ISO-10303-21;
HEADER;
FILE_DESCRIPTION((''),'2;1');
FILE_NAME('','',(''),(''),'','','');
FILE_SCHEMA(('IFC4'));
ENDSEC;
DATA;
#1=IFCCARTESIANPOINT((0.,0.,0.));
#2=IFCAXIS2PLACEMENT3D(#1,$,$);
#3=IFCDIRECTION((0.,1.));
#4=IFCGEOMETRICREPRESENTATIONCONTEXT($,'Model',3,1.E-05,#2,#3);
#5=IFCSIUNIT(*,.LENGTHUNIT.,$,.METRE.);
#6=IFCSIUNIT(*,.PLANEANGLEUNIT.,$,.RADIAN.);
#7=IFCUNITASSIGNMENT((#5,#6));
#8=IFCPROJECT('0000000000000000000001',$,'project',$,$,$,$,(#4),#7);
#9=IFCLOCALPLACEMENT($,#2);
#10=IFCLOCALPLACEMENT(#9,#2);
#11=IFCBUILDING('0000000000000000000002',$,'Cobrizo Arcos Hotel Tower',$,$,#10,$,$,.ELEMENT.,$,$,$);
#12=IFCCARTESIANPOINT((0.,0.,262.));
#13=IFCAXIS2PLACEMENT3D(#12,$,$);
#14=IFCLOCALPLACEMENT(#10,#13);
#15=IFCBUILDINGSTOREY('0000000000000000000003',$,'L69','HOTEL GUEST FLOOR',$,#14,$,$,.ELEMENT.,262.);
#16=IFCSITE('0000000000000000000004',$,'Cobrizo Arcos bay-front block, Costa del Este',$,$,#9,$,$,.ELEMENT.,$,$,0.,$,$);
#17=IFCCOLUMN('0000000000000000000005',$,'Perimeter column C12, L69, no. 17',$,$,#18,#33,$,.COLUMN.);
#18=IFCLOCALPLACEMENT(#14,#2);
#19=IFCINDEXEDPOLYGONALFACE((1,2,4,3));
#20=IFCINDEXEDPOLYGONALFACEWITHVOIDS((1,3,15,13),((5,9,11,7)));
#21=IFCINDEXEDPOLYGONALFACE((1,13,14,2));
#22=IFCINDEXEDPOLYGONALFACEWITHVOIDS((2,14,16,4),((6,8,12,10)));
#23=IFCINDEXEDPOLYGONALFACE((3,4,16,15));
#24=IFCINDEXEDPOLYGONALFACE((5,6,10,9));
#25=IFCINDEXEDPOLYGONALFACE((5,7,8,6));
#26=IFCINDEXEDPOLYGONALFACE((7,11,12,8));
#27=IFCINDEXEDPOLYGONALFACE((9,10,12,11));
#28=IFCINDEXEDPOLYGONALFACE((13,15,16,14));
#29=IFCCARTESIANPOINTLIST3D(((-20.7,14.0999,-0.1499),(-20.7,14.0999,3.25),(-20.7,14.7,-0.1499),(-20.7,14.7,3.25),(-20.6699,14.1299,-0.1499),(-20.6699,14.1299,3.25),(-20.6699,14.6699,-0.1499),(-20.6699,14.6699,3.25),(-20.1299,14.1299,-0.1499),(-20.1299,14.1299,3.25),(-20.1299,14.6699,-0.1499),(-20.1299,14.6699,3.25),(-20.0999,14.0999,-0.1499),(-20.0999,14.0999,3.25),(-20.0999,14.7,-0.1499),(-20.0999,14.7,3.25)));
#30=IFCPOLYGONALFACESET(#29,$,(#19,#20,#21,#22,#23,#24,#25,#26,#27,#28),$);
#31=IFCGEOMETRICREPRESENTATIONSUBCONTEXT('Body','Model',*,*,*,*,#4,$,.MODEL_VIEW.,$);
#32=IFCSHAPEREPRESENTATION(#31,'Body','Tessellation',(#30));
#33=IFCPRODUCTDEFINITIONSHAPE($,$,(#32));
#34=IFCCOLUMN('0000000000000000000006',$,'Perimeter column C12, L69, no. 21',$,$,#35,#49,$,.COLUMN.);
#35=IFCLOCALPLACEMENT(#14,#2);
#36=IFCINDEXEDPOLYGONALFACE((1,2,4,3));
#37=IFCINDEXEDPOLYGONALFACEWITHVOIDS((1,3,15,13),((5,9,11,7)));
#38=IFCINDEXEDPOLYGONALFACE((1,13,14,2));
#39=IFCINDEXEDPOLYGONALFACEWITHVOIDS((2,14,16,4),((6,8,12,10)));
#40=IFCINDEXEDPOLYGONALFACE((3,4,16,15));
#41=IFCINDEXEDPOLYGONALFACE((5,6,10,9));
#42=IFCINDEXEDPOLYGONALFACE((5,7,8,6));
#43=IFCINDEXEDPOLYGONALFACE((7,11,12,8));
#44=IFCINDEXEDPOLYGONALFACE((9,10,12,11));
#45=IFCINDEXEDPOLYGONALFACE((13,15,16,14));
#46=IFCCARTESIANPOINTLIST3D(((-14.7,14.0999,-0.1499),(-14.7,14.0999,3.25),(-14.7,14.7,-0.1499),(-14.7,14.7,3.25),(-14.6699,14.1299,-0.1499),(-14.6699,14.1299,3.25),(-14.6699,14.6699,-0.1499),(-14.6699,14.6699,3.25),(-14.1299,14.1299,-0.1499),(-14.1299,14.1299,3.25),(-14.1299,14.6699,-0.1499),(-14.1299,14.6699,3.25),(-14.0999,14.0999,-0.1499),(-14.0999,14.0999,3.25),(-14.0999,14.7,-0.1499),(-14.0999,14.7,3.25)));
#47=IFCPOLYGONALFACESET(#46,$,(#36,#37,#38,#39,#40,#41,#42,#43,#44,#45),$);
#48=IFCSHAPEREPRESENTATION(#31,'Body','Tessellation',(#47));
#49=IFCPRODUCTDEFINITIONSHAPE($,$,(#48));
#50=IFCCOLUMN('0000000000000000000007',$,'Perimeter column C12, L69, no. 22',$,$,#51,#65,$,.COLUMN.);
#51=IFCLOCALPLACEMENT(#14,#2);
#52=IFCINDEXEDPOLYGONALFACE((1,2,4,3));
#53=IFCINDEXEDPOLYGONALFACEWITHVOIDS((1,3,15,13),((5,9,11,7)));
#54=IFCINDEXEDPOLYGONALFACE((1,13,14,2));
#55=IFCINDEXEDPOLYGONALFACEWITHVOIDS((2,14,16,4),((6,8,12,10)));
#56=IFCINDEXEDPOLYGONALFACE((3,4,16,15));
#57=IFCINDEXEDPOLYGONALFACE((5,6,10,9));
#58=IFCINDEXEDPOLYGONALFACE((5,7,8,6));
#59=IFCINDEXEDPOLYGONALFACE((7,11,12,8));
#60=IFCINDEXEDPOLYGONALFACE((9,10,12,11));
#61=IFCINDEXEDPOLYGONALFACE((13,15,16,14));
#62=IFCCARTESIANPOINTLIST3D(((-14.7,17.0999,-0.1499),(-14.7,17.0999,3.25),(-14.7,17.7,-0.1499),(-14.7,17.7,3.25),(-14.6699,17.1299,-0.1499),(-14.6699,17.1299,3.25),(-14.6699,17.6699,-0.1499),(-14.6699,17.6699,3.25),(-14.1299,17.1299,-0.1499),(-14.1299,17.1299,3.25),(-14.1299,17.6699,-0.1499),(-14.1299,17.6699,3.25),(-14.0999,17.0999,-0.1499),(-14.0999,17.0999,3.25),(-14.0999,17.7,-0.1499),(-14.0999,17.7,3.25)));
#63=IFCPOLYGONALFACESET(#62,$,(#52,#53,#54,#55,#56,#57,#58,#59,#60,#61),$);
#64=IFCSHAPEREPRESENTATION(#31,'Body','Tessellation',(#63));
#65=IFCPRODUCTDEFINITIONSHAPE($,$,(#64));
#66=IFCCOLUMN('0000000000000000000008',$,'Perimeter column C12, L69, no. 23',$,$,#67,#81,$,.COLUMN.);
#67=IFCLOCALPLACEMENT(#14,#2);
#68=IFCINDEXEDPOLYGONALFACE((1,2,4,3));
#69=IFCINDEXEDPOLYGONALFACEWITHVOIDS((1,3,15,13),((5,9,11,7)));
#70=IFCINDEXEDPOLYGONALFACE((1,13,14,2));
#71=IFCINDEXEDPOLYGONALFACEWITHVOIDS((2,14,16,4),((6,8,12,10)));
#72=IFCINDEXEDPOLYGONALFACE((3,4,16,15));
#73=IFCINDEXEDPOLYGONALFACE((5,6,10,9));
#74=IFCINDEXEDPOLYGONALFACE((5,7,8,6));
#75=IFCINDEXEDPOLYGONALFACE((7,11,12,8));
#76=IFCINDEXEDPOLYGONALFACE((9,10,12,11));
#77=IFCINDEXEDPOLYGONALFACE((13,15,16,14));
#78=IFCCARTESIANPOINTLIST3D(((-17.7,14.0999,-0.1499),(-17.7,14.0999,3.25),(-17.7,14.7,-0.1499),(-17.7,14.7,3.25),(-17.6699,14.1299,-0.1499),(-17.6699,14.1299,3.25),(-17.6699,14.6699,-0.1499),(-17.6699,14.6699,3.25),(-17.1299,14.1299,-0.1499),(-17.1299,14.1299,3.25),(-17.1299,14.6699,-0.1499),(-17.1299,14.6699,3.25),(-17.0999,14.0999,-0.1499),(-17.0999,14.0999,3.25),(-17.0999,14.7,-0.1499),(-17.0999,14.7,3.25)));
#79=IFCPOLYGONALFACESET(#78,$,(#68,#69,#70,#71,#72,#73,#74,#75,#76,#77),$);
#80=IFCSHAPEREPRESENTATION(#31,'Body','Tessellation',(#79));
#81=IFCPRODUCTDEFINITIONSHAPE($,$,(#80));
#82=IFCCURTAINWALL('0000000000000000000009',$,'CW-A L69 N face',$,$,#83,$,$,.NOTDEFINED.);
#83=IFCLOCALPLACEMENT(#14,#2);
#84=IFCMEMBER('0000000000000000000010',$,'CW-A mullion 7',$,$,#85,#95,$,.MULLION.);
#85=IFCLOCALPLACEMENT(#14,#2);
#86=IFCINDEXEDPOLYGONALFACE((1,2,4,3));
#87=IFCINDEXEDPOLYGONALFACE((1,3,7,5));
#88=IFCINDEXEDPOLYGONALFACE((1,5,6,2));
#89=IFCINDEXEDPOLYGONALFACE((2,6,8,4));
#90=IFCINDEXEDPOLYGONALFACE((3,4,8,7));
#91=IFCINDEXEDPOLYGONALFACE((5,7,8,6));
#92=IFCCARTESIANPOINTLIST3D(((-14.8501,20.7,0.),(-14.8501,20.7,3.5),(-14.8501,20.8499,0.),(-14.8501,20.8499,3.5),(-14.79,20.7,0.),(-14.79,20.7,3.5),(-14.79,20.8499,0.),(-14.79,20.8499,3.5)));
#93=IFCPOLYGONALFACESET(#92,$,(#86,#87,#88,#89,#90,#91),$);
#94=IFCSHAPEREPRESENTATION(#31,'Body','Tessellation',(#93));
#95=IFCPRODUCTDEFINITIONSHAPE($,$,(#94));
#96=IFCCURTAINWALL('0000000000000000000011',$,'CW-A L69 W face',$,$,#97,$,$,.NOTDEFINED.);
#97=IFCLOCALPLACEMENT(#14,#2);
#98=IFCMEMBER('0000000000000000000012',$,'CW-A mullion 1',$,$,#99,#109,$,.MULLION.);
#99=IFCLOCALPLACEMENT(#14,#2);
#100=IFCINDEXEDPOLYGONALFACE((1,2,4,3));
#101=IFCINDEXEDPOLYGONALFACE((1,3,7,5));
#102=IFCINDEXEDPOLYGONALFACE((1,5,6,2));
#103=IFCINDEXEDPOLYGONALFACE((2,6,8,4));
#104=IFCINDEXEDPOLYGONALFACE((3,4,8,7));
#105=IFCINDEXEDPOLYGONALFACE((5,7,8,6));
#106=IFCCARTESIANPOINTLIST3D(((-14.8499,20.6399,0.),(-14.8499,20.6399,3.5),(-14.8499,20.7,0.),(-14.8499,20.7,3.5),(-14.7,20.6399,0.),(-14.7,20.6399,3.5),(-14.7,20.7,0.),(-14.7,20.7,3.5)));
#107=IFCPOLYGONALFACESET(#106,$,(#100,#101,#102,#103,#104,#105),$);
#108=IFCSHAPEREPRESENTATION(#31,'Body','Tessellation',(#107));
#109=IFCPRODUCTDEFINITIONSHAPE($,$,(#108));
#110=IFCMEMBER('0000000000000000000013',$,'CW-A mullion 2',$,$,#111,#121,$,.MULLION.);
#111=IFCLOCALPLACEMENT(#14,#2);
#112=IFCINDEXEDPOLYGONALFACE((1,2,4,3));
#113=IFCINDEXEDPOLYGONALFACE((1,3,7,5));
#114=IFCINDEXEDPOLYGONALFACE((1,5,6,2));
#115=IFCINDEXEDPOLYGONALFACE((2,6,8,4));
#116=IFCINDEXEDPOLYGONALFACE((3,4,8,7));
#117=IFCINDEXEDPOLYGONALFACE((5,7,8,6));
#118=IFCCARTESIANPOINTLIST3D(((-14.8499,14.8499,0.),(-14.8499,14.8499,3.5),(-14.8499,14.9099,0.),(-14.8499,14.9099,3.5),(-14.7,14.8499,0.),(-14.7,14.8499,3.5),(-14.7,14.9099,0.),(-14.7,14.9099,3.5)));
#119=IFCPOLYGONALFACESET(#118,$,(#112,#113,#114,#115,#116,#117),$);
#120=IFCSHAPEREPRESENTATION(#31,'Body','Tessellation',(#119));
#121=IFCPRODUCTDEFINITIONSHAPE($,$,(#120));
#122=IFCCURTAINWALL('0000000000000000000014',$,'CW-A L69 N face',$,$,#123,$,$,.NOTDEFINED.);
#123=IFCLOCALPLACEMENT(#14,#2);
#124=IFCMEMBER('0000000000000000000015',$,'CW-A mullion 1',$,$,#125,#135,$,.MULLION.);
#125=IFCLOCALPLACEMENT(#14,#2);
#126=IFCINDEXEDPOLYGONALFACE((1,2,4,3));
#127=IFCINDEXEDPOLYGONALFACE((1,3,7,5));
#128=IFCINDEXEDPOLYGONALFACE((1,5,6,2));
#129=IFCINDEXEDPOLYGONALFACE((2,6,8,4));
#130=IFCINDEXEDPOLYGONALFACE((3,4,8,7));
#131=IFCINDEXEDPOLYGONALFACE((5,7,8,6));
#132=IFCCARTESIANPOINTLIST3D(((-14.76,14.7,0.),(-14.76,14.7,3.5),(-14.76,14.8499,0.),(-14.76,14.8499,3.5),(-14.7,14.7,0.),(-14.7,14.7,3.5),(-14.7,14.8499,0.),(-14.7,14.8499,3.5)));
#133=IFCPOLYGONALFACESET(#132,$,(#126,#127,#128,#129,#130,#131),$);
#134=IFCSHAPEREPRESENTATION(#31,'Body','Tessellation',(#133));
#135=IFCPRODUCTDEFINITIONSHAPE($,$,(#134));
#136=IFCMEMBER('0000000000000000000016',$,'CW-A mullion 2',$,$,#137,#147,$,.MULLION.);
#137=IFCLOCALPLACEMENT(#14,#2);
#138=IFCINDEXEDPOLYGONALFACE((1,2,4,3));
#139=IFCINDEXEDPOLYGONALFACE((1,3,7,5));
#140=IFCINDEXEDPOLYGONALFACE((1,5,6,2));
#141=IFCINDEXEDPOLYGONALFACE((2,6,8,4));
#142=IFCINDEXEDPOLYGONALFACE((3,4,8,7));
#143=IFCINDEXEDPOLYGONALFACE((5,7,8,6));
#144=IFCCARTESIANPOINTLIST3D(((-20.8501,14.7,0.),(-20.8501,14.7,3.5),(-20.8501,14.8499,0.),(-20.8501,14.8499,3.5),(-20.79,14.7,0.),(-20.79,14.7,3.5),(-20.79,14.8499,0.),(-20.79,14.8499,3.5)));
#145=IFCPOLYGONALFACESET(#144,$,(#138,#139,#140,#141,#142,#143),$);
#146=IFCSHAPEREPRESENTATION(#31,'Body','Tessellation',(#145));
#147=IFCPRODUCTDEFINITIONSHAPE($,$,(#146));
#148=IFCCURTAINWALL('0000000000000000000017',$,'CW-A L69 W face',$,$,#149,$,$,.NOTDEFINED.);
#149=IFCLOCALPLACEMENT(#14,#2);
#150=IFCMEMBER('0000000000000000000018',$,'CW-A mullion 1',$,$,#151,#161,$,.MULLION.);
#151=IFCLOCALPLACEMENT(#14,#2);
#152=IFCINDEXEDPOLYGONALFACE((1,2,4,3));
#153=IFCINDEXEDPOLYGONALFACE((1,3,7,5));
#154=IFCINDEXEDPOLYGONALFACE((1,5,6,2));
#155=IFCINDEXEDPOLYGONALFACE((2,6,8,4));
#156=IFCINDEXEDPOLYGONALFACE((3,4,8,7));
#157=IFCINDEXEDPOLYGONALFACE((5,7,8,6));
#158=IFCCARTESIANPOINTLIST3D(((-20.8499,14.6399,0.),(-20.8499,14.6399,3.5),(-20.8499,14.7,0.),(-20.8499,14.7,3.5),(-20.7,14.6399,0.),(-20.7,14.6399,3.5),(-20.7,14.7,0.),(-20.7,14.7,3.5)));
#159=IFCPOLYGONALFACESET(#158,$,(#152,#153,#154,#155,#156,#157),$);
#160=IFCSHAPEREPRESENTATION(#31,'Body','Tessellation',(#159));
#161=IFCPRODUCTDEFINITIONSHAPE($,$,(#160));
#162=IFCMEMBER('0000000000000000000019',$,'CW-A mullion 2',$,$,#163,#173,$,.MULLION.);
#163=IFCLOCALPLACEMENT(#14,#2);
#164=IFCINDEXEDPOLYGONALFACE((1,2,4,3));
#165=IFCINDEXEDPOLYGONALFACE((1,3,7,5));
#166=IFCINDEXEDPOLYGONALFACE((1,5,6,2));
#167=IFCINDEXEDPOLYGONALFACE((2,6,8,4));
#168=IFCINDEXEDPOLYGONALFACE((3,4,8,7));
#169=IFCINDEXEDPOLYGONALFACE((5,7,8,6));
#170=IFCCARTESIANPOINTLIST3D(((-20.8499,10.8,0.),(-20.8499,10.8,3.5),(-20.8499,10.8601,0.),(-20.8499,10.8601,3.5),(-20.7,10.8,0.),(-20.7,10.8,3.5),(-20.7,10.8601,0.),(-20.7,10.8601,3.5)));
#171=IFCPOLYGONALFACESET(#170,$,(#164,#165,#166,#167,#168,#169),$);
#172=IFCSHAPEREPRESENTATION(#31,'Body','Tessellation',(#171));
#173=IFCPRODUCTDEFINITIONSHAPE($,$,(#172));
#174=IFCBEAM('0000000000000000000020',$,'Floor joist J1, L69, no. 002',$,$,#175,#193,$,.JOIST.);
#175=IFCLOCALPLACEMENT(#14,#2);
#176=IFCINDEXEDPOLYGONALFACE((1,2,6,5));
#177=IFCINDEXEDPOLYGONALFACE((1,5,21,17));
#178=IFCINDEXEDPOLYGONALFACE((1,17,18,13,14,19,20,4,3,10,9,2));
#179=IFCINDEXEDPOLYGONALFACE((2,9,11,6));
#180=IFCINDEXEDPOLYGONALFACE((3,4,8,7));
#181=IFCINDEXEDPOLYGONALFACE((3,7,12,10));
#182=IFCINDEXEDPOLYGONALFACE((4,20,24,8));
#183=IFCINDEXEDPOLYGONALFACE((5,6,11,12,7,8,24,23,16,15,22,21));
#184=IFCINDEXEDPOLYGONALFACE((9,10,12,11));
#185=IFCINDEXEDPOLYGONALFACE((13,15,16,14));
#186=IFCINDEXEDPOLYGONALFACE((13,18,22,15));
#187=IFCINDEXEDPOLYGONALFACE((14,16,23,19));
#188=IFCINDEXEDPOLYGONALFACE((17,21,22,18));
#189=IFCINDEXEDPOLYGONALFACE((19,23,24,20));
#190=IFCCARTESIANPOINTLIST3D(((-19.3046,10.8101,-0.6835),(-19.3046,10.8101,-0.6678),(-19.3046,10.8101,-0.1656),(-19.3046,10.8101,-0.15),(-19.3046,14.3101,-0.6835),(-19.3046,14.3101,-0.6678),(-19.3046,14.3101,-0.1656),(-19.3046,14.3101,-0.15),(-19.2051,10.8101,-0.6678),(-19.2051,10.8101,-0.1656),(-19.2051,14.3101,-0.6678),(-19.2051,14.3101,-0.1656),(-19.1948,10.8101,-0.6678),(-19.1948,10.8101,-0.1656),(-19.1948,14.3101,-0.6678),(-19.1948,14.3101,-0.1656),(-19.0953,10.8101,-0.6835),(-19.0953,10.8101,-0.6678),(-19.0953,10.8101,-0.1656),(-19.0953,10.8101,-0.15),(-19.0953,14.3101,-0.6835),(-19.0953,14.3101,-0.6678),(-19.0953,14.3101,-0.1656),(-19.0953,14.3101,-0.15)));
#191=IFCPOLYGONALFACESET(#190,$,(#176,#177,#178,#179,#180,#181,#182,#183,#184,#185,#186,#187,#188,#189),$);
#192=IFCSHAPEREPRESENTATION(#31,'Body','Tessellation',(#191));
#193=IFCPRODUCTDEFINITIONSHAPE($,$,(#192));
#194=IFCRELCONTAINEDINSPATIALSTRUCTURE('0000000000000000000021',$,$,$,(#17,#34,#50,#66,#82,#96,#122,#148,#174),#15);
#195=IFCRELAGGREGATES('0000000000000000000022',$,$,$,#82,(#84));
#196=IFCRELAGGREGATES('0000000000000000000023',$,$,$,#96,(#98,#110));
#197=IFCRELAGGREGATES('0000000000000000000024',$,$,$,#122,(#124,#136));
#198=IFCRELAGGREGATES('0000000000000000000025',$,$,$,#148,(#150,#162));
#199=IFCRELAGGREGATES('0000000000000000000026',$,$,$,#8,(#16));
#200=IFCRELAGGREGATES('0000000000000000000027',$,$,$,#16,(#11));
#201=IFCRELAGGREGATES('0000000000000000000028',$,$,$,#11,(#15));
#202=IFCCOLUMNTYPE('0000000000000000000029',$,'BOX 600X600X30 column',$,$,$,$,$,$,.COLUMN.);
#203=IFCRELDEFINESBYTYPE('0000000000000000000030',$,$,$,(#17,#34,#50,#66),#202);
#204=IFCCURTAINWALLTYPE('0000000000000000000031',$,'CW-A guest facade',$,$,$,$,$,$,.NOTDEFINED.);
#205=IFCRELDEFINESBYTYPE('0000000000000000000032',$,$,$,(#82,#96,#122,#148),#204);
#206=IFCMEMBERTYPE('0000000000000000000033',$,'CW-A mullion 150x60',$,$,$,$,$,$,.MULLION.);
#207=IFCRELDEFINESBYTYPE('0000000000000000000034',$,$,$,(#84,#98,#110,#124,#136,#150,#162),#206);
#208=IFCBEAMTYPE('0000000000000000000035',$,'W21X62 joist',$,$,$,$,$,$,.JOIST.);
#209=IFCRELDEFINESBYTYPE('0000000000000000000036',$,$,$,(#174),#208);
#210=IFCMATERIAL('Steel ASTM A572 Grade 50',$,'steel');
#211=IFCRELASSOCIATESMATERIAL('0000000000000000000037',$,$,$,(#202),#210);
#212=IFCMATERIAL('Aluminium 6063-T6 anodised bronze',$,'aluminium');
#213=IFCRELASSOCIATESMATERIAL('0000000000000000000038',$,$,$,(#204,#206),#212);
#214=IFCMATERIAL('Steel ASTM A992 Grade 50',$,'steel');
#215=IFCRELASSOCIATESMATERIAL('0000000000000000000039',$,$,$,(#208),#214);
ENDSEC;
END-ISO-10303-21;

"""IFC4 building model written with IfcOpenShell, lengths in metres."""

from ifc_helpers import new_model, si_unit, direction, frame, origin, origin_2d, place, context, subcontext, project, spatial, rectangle, hollow_rectangle, i_section, extrude, material, material_profile, profile_set, type_object, element, aggregate, save


model = new_model("IFC4")

# Units and contexts
model_context = context("Model", 3, precision=1e-05, world=origin(), true_north=direction((0.0, 1.0)))
body_context = subcontext(model_context, "Body", "Model", "MODEL_VIEW")
ifc_project = project(units=[si_unit("LENGTHUNIT", "METRE"), si_unit("PLANEANGLEUNIT", "RADIAN")], contexts=[model_context])

# Site, building, storey
site_placement = place(None, origin())
site = spatial("IfcSite", under=ifc_project, at=site_placement, Name="Cobrizo Arcos bay-front block, Costa del Este", CompositionType="ELEMENT", RefElevation=0.0)
building_placement = place(site_placement, origin())
building = spatial("IfcBuilding", under=site, at=building_placement, Name="Cobrizo Arcos Hotel Tower", CompositionType="ELEMENT")
storey_placement = place(building_placement, frame((0.0, 0.0, 262.0)))
storey = spatial("IfcBuildingStorey", under=building, at=storey_placement, Name="L69", Description="HOTEL GUEST FLOOR", CompositionType="ELEMENT", Elevation=262.0)

# Columns
ifc_material_1 = material(Name="Steel ASTM A572 Grade 50", Category="steel")
ifc_material_profile_1 = material_profile(ifc_material_1, hollow_rectangle(XDim=0.6001, YDim=0.6001, WallThickness=0.03, at=origin_2d()), Name="BOX 600X600X30")
ifc_profile_set_1 = profile_set([ifc_material_profile_1], Name="Steel ASTM A572 Grade 50")
column_type = type_object("IfcColumnType", Name="BOX 600X600X30 column", PredefinedType="COLUMN", material=ifc_profile_set_1)
for number, where, z_axis, x_axis, name in (
    (1, (-20.3999, 14.3999, -0.1499), (0.0, 0.0, 1.0), (1.0, 0.0, 0.0), "Perimeter column C12, L69, no. 17"),
    (2, (-14.3999, 14.3999, -0.1499), (0.0, 0.0, 1.0), (1.0, 0.0, 0.0), "Perimeter column C12, L69, no. 21"),
    (3, (-14.3999, 17.3999, -0.1499), (0.0, 0.0, 1.0), (1.0, 0.0, 0.0), "Perimeter column C12, L69, no. 22"),
    (4, (-17.3999, 14.3999, -0.1499), (0.0, 0.0, 1.0), (1.0, 0.0, 0.0), "Perimeter column C12, L69, no. 23"),
):
    element("IfcColumn", number, at=place(storey_placement, frame(where, z_axis=z_axis, x_axis=x_axis)), inside=storey, type_object=column_type, Name=name, PredefinedType="COLUMN", context=body_context, shape_type="SweptSolid", body=[
        extrude(hollow_rectangle(XDim=0.6001, YDim=0.6001, WallThickness=0.03, at=origin_2d()), origin(), (0.0, 0.0, 1.0), 3.3999),
    ])

# Curtain wall, member
ifc_material_2 = material(Name="Aluminium 6063-T6 anodised bronze", Category="aluminium")
curtain_wall_type = type_object("IfcCurtainWallType", Name="CW-A guest facade", PredefinedType="NOTDEFINED", material=ifc_material_2)
curtain_wall_1_placement = place(storey_placement, origin())
curtain_wall_1 = element("IfcCurtainWall", 5, at=curtain_wall_1_placement, inside=storey, type_object=curtain_wall_type, Name="CW-A L69 N face", PredefinedType="NOTDEFINED")
ifc_material_profile_2 = material_profile(ifc_material_2, rectangle(XDim=0.1499, YDim=0.0601, at=origin_2d()), Name="CW-A mullion 150x60")
ifc_profile_set_2 = profile_set([ifc_material_profile_2], Name="Aluminium 6063-T6 anodised bronze")
member_type = type_object("IfcMemberType", Name="CW-A mullion 150x60", PredefinedType="MULLION", material=ifc_profile_set_2)
member_1_placement = place(storey_placement, frame((-14.8201, 20.7749, 0.0), z_axis=(0.0, 0.0, 1.0), x_axis=(0.0, 1.0, 0.0)))
member_1 = element("IfcMember", 6, at=member_1_placement, type_object=member_type, Name="CW-A mullion 7", PredefinedType="MULLION", context=body_context, shape_type="SweptSolid", body=[
    extrude(rectangle(XDim=0.1499, YDim=0.0601, at=origin_2d()), origin(), (0.0, 0.0, 1.0), 3.5),
])
aggregate(curtain_wall_1, [member_1])

# Curtain walls, members
curtain_wall_2_placement = place(storey_placement, origin())
curtain_wall_2 = element("IfcCurtainWall", 7, at=curtain_wall_2_placement, inside=storey, type_object=curtain_wall_type, Name="CW-A L69 W face", PredefinedType="NOTDEFINED")
member_2_placement = place(storey_placement, frame((-14.7749, 20.6699, 0.0), z_axis=(0.0, 0.0, 1.0), x_axis=(-1.0, 0.0, 0.0)))
member_2 = element("IfcMember", 8, at=member_2_placement, type_object=member_type, Name="CW-A mullion 1", PredefinedType="MULLION", context=body_context, shape_type="SweptSolid", body=[
    extrude(rectangle(XDim=0.1499, YDim=0.0601, at=origin_2d()), origin(), (0.0, 0.0, 1.0), 3.5),
])
member_3_placement = place(storey_placement, frame((-14.7749, 14.8799, 0.0), z_axis=(0.0, 0.0, 1.0), x_axis=(-1.0, 0.0, 0.0)))
member_3 = element("IfcMember", 9, at=member_3_placement, type_object=member_type, Name="CW-A mullion 2", PredefinedType="MULLION", context=body_context, shape_type="SweptSolid", body=[
    extrude(rectangle(XDim=0.1499, YDim=0.0601, at=origin_2d()), origin(), (0.0, 0.0, 1.0), 3.5),
])
curtain_wall_3_placement = place(storey_placement, origin())
curtain_wall_3 = element("IfcCurtainWall", 10, at=curtain_wall_3_placement, inside=storey, type_object=curtain_wall_type, Name="CW-A L69 N face", PredefinedType="NOTDEFINED")
member_4_placement = place(storey_placement, frame((-14.73, 14.7749, 0.0), z_axis=(0.0, 0.0, 1.0), x_axis=(0.0, 1.0, 0.0)))
member_4 = element("IfcMember", 11, at=member_4_placement, type_object=member_type, Name="CW-A mullion 1", PredefinedType="MULLION", context=body_context, shape_type="SweptSolid", body=[
    extrude(rectangle(XDim=0.1499, YDim=0.0601, at=origin_2d()), origin(), (0.0, 0.0, 1.0), 3.5),
])
member_5_placement = place(storey_placement, frame((-20.8201, 14.7749, 0.0), z_axis=(0.0, 0.0, 1.0), x_axis=(0.0, 1.0, 0.0)))
member_5 = element("IfcMember", 12, at=member_5_placement, type_object=member_type, Name="CW-A mullion 2", PredefinedType="MULLION", context=body_context, shape_type="SweptSolid", body=[
    extrude(rectangle(XDim=0.1499, YDim=0.0601, at=origin_2d()), origin(), (0.0, 0.0, 1.0), 3.5),
])
curtain_wall_4_placement = place(storey_placement, origin())
curtain_wall_4 = element("IfcCurtainWall", 13, at=curtain_wall_4_placement, inside=storey, type_object=curtain_wall_type, Name="CW-A L69 W face", PredefinedType="NOTDEFINED")
member_6_placement = place(storey_placement, frame((-20.7749, 14.6699, 0.0), z_axis=(0.0, 0.0, 1.0), x_axis=(-1.0, 0.0, 0.0)))
member_6 = element("IfcMember", 14, at=member_6_placement, type_object=member_type, Name="CW-A mullion 1", PredefinedType="MULLION", context=body_context, shape_type="SweptSolid", body=[
    extrude(rectangle(XDim=0.1499, YDim=0.0601, at=origin_2d()), origin(), (0.0, 0.0, 1.0), 3.5),
])
member_7_placement = place(storey_placement, frame((-20.7749, 10.8301, 0.0), z_axis=(0.0, 0.0, 1.0), x_axis=(-1.0, 0.0, 0.0)))
member_7 = element("IfcMember", 15, at=member_7_placement, type_object=member_type, Name="CW-A mullion 2", PredefinedType="MULLION", context=body_context, shape_type="SweptSolid", body=[
    extrude(rectangle(XDim=0.1499, YDim=0.0601, at=origin_2d()), origin(), (0.0, 0.0, 1.0), 3.5),
])

# Beam
ifc_material_3 = material(Name="Steel ASTM A992 Grade 50", Category="steel")
ifc_material_profile_3 = material_profile(ifc_material_3, i_section(OverallWidth=0.2092, OverallDepth=0.5334, WebThickness=0.0103, FlangeThickness=0.0156, at=origin_2d()), Name="W21X62")
ifc_profile_set_3 = profile_set([ifc_material_profile_3], Name="Steel ASTM A992 Grade 50")
beam_type_1 = type_object("IfcBeamType", Name="W21X62 joist", PredefinedType="JOIST", material=ifc_profile_set_3)
beam_1_placement = place(storey_placement, frame((-19.2, 10.8101, -0.4167), z_axis=(0.0, 1.0, 0.0), x_axis=(-1.0, 0.0, 0.0)))
element("IfcBeam", 16, at=beam_1_placement, inside=storey, type_object=beam_type_1, Name="Floor joist J1, L69, no. 002", PredefinedType="JOIST", context=body_context, shape_type="SweptSolid", body=[
    extrude(i_section(OverallWidth=0.2092, OverallDepth=0.5334, WebThickness=0.0103, FlangeThickness=0.0156, at=origin_2d()), origin(), (0.0, 0.0, 1.0), 3.5),
])

aggregate(curtain_wall_2, [member_2, member_3])
aggregate(curtain_wall_3, [member_4, member_5])
aggregate(curtain_wall_4, [member_6, member_7])

save(model, "model.ifc")
